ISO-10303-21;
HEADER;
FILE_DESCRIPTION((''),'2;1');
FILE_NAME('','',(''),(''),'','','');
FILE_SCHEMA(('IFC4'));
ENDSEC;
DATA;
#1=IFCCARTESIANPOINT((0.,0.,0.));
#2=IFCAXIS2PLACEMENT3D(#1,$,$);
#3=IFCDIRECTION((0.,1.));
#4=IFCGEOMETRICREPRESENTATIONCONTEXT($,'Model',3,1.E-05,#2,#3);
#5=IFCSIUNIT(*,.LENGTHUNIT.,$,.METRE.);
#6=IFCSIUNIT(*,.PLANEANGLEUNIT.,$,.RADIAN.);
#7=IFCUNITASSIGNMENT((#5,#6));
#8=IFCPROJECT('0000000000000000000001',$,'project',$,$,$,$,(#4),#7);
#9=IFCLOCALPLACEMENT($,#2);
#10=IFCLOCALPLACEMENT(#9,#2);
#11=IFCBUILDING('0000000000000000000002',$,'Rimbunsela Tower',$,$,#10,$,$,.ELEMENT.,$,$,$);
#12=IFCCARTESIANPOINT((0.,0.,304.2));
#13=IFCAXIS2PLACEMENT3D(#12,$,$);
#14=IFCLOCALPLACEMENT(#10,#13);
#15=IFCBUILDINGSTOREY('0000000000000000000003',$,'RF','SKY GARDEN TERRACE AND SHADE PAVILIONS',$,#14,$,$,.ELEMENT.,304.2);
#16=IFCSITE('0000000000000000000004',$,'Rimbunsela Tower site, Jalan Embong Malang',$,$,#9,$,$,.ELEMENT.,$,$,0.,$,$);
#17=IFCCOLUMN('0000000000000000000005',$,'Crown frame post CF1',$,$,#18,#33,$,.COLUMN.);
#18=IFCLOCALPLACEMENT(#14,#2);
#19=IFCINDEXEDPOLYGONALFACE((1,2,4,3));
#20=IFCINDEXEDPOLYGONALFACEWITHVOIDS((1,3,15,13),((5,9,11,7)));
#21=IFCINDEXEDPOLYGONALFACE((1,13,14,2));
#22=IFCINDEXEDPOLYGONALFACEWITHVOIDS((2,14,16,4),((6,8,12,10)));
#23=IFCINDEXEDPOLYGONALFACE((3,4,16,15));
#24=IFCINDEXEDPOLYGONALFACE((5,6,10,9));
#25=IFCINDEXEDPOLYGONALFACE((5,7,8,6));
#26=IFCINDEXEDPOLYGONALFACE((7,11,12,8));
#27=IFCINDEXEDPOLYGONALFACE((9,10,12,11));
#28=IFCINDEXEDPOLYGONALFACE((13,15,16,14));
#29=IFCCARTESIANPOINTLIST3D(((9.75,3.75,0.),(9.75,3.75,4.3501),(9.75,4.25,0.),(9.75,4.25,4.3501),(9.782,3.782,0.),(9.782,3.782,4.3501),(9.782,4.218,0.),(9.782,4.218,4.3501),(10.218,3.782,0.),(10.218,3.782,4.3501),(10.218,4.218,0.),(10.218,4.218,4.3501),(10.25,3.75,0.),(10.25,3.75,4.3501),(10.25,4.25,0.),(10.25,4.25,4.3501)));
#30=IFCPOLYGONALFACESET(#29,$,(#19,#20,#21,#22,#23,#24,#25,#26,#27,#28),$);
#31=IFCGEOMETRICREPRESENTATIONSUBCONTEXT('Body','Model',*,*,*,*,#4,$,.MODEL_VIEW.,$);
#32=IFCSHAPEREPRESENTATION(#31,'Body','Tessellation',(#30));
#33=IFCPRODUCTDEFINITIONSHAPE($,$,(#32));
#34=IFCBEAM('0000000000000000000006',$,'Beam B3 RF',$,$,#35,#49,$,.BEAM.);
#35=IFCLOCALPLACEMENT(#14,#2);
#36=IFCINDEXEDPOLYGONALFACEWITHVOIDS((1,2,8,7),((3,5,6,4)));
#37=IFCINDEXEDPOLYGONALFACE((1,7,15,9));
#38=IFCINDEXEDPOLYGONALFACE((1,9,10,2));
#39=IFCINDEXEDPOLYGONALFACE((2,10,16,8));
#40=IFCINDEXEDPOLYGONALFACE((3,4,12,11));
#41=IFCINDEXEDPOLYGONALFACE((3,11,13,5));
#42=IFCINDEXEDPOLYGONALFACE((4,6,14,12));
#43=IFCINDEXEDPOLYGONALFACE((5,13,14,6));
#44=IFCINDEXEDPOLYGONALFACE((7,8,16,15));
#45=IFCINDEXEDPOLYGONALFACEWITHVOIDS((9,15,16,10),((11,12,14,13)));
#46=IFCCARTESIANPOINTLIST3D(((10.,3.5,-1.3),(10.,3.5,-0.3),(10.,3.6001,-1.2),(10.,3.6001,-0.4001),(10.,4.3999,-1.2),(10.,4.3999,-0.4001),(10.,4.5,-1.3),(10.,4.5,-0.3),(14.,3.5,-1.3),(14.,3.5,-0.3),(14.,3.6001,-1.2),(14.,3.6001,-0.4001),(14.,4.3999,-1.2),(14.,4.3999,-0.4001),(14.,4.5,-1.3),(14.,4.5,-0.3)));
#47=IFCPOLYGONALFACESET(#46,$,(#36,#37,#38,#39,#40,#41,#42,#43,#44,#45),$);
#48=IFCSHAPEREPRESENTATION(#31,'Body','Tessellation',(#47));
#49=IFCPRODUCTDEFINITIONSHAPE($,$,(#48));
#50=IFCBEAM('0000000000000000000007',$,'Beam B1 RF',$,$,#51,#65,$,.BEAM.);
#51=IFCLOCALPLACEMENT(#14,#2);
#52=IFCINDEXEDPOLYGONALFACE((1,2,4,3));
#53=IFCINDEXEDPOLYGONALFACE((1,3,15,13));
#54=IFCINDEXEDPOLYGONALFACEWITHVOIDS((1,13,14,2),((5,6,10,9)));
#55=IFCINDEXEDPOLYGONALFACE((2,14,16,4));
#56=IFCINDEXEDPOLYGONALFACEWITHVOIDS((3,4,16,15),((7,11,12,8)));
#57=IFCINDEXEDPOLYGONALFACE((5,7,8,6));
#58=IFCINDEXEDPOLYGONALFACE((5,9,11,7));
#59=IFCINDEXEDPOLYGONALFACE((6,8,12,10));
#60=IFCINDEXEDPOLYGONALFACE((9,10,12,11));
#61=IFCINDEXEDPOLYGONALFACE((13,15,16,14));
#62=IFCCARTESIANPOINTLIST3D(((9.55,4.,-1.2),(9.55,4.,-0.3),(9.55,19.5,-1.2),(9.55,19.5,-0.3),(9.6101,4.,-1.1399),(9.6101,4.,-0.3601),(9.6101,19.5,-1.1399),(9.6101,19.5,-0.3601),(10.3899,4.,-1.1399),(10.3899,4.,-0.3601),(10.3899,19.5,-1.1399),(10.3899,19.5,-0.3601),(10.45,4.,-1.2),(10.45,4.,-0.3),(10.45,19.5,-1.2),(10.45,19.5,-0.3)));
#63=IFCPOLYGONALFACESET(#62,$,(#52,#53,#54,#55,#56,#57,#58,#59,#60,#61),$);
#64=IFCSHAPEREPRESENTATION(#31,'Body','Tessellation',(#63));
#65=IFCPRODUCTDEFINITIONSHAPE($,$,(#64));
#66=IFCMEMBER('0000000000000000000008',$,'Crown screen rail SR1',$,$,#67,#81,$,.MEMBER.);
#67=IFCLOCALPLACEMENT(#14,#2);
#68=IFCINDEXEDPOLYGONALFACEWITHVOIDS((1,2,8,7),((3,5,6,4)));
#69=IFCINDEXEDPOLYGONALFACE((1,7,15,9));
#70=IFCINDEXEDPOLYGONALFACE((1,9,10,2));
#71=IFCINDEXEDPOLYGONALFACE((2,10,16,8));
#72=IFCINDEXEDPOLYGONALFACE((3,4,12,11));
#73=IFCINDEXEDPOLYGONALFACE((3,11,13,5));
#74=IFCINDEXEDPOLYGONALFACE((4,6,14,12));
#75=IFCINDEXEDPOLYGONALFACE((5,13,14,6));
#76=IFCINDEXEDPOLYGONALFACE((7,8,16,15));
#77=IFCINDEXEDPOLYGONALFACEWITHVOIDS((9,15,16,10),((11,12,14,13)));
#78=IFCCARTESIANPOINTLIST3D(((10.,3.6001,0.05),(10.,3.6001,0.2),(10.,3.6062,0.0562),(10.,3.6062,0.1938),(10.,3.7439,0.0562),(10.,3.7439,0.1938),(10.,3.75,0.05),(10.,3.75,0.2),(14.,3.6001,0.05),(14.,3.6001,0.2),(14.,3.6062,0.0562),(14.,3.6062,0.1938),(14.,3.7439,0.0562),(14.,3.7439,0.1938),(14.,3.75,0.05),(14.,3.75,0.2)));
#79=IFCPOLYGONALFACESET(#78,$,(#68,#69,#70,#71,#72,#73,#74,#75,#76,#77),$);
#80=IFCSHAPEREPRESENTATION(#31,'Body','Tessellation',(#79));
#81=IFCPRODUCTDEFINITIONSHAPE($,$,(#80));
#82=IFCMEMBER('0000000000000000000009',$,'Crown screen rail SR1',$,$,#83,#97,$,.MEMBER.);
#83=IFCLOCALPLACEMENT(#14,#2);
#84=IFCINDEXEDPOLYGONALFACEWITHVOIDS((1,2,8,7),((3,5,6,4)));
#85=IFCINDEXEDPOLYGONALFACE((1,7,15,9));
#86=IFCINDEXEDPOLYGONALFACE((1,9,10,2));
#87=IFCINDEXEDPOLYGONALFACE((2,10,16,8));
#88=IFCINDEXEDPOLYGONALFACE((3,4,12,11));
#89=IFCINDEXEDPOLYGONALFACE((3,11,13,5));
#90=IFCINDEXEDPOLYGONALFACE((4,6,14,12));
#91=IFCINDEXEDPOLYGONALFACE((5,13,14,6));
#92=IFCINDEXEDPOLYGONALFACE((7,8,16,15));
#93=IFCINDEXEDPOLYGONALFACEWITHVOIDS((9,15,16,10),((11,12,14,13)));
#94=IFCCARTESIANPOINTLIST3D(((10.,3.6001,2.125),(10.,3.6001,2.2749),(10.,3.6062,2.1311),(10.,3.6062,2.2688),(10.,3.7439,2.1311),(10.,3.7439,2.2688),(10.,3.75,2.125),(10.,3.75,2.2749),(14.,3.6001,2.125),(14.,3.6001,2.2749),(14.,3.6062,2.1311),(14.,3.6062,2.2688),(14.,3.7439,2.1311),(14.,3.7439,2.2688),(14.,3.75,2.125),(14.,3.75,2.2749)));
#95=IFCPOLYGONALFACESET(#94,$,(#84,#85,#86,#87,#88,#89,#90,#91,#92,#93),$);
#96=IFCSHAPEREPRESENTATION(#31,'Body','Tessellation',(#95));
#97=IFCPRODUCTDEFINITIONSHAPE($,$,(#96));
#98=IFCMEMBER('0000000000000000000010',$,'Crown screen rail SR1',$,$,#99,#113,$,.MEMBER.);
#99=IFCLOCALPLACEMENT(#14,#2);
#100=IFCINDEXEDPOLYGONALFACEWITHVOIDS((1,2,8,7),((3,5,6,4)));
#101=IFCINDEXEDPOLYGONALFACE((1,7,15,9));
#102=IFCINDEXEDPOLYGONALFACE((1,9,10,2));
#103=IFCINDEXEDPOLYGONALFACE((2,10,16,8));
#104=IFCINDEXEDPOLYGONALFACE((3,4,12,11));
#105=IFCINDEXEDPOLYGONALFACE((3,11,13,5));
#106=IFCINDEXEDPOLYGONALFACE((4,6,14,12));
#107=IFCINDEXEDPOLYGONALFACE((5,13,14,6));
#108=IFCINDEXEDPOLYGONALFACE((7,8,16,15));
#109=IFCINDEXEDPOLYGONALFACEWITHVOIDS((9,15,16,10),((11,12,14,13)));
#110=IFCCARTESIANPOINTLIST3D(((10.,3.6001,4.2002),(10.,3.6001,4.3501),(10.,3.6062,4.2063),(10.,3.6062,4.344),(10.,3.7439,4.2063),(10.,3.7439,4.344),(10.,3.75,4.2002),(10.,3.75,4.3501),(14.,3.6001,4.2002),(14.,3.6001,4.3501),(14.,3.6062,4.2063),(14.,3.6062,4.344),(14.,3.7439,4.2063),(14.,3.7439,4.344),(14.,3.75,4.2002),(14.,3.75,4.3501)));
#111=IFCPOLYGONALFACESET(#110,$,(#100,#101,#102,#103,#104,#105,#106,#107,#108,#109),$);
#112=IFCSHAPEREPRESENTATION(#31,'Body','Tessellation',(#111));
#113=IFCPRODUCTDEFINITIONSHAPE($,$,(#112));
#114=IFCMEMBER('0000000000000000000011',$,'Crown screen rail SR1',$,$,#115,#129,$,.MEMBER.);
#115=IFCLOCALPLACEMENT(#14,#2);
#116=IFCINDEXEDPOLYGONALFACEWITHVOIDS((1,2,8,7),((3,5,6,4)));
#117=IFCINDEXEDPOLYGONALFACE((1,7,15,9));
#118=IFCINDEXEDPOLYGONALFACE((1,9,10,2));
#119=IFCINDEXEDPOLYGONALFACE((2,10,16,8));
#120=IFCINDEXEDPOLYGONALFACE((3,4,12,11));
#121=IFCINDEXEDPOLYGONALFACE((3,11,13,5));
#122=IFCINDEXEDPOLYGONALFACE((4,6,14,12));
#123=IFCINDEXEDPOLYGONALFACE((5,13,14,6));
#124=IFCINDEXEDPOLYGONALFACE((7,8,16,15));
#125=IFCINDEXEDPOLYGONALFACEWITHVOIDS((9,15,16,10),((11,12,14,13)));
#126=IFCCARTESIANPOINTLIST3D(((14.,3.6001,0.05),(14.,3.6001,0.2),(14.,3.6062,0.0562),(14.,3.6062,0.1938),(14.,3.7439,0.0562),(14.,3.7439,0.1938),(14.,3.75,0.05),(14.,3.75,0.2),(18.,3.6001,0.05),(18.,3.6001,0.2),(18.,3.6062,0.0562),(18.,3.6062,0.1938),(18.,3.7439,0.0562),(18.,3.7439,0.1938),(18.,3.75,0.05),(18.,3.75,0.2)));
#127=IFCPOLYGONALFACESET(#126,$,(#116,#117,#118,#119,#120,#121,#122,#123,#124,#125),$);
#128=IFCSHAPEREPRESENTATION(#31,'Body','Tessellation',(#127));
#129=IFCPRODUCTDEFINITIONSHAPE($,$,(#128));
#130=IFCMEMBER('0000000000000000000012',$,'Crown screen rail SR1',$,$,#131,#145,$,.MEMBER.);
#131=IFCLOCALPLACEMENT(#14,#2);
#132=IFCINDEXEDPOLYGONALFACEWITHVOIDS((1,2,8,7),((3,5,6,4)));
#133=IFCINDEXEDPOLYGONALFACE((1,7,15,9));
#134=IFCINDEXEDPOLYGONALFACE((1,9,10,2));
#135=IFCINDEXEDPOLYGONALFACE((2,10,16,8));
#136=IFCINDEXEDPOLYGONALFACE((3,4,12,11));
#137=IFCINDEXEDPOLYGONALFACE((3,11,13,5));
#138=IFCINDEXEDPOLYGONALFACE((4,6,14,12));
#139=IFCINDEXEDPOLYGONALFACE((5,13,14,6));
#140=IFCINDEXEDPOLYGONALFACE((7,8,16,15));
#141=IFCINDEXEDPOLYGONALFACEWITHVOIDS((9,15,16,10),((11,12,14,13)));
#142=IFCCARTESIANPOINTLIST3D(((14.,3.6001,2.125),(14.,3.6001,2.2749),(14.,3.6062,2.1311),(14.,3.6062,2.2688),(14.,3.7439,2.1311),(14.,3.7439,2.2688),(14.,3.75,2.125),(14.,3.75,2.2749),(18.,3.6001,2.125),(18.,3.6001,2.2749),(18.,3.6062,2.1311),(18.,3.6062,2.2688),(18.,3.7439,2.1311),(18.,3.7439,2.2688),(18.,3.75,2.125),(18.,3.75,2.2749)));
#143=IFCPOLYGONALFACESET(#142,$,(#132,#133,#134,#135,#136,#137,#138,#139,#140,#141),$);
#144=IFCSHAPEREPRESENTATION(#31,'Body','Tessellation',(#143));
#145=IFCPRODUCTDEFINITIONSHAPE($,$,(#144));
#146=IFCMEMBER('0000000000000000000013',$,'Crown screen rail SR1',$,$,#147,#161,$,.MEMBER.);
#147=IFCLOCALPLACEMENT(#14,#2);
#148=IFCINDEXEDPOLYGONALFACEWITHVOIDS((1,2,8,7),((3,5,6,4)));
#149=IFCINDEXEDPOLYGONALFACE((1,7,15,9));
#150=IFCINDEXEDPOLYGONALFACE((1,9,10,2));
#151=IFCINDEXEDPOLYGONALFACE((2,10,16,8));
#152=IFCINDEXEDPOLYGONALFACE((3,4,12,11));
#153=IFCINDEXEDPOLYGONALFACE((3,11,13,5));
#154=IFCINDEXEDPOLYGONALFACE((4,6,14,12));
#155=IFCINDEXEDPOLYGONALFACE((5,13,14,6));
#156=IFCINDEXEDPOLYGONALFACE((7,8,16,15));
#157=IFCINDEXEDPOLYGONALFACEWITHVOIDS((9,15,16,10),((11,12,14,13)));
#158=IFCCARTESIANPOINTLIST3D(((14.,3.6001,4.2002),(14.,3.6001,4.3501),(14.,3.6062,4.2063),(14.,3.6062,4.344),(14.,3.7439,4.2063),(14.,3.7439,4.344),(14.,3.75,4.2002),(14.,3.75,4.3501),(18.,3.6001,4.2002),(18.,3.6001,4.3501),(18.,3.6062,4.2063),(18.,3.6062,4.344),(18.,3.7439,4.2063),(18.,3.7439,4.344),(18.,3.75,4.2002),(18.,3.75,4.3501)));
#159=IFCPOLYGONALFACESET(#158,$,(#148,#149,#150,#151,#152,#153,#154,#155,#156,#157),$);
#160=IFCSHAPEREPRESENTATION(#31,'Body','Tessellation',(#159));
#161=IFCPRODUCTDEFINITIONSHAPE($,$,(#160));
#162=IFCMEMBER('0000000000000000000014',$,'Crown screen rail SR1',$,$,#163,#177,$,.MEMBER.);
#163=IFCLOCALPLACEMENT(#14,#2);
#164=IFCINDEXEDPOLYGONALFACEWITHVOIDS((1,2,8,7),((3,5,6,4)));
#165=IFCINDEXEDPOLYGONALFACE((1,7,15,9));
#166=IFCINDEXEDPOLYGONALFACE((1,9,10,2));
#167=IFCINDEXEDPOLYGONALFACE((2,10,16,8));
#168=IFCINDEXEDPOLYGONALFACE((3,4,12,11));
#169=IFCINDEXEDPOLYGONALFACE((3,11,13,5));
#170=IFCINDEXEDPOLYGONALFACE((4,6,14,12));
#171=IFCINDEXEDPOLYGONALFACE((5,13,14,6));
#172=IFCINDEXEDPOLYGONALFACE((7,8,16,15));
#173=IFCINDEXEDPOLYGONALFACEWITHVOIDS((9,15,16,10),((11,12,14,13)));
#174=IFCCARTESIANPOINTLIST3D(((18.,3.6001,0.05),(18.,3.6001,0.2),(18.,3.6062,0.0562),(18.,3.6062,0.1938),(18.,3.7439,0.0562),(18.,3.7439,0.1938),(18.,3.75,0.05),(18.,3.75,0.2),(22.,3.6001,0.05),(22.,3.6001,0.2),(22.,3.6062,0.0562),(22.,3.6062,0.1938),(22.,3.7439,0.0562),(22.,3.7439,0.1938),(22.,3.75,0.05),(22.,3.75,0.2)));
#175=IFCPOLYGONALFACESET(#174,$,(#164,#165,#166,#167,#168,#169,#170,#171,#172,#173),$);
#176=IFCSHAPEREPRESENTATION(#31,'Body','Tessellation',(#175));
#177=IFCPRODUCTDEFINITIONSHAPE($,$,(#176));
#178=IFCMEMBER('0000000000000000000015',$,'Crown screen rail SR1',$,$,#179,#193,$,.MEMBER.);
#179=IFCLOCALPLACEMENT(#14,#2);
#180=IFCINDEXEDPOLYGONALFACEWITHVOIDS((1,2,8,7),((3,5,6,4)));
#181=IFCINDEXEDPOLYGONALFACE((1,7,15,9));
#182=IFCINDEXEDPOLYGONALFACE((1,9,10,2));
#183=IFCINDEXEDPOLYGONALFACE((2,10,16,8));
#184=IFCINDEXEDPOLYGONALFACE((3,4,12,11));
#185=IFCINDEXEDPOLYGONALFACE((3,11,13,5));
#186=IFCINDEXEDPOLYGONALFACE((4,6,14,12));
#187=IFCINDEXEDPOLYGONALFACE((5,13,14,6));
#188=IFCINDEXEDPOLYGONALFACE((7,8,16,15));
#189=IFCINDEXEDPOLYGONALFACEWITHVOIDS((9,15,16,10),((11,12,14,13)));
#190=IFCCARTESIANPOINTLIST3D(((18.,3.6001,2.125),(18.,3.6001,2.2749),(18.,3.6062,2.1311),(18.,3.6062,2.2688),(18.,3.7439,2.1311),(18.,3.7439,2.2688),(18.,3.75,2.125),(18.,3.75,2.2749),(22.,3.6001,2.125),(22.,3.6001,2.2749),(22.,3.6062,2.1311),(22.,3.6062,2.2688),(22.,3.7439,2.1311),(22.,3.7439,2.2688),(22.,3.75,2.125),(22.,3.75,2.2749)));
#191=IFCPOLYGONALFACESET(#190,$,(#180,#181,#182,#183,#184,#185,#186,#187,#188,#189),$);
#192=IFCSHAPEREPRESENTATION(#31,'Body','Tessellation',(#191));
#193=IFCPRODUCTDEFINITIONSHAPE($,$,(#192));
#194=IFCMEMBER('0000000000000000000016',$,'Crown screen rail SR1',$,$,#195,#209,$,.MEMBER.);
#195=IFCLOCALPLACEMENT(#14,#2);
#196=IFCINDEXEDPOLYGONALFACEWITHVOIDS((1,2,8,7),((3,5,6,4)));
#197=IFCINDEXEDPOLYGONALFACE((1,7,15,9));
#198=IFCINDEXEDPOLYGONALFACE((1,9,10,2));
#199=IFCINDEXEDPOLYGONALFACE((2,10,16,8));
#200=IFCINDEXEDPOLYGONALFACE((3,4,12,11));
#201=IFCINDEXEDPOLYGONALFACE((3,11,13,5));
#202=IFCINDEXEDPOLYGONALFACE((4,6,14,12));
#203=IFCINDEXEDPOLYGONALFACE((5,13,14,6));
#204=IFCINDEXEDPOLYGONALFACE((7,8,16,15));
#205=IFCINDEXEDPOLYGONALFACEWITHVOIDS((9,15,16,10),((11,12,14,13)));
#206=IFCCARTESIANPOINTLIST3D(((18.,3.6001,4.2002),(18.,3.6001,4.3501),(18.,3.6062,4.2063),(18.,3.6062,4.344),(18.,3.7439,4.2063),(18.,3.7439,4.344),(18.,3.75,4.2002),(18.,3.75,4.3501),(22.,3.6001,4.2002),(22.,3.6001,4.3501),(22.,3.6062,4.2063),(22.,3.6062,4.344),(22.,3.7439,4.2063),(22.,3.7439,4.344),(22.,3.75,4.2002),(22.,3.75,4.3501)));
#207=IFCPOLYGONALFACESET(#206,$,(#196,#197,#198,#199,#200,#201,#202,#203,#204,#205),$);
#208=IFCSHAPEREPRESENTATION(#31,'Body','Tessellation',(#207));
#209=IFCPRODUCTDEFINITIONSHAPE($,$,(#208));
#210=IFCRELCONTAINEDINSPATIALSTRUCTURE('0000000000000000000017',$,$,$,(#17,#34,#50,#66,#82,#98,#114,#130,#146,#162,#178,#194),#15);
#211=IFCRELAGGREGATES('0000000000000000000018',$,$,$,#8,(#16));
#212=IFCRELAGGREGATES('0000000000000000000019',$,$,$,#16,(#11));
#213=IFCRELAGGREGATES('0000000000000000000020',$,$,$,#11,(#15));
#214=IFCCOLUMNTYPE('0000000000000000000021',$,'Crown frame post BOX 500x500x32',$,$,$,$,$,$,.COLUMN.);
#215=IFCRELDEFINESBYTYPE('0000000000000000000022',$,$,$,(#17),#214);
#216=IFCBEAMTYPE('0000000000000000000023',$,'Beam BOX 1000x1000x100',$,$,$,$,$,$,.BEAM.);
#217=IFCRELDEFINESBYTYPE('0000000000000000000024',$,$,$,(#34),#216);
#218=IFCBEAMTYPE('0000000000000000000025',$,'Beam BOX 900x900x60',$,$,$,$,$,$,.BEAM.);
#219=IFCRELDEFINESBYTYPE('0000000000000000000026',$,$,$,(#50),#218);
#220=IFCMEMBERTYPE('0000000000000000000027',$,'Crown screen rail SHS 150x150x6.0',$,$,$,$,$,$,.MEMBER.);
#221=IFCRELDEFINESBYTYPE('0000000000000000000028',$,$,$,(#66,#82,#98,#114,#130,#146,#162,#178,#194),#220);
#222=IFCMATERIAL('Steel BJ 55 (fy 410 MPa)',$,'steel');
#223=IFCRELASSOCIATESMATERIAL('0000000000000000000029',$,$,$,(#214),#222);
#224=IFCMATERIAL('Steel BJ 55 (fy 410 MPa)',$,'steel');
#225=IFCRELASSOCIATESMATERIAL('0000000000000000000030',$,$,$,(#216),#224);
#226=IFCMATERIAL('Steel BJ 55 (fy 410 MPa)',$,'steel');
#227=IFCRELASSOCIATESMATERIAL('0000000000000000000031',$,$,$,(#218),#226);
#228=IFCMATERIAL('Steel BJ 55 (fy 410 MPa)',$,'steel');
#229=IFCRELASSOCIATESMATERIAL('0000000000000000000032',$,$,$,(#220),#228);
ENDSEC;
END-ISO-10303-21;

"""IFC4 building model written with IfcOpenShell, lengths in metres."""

from ifc_helpers import new_model, si_unit, direction, frame, origin, origin_2d, place, context, subcontext, project, spatial, hollow_rectangle, extrude, material, material_profile, profile_set, type_object, element, save


model = new_model("IFC4")

# Units and contexts
model_context = context("Model", 3, precision=1e-05, world=origin(), true_north=direction((0.0, 1.0)))
body_context = subcontext(model_context, "Body", "Model", "MODEL_VIEW")
ifc_project = project(units=[si_unit("LENGTHUNIT", "METRE"), si_unit("PLANEANGLEUNIT", "RADIAN")], contexts=[model_context])

# Site, building, storey
site_placement = place(None, origin())
site = spatial("IfcSite", under=ifc_project, at=site_placement, Name="Rimbunsela Tower site, Jalan Embong Malang", CompositionType="ELEMENT", RefElevation=0.0)
building_placement = place(site_placement, origin())
building = spatial("IfcBuilding", under=site, at=building_placement, Name="Rimbunsela Tower", CompositionType="ELEMENT")
storey_placement = place(building_placement, frame((0.0, 0.0, 304.2)))
storey = spatial("IfcBuildingStorey", under=building, at=storey_placement, Name="RF", Description="SKY GARDEN TERRACE AND SHADE PAVILIONS", CompositionType="ELEMENT", Elevation=304.2)

# Column
ifc_material_1 = material(Name="Steel BJ 55 (fy 410 MPa)", Category="steel")
ifc_material_profile_1 = material_profile(ifc_material_1, hollow_rectangle(XDim=0.5, YDim=0.5, WallThickness=0.032, at=origin_2d()), Name="BOX 500x500x32")
ifc_profile_set_1 = profile_set([ifc_material_profile_1], Name="Steel BJ 55 (fy 410 MPa)")
column_type = type_object("IfcColumnType", Name="Crown frame post BOX 500x500x32", PredefinedType="COLUMN", material=ifc_profile_set_1)
column_placement = place(storey_placement, frame((10.0, 4.0, 0.0), z_axis=(0.0, 0.0, 1.0), x_axis=(1.0, 0.0, 0.0)))
element("IfcColumn", 1, at=column_placement, inside=storey, type_object=column_type, Name="Crown frame post CF1", PredefinedType="COLUMN", context=body_context, shape_type="SweptSolid", body=[
    extrude(hollow_rectangle(XDim=0.5, YDim=0.5, WallThickness=0.032, at=origin_2d()), origin(), (0.0, 0.0, 1.0), 4.3501),
])

# Beams
ifc_material_2 = material(Name="Steel BJ 55 (fy 410 MPa)", Category="steel")
ifc_material_profile_2 = material_profile(ifc_material_2, hollow_rectangle(XDim=1.0, YDim=1.0, WallThickness=0.1001, at=origin_2d()), Name="BOX 1000x1000x100")
ifc_profile_set_2 = profile_set([ifc_material_profile_2], Name="Steel BJ 55 (fy 410 MPa)")
beam_type_1 = type_object("IfcBeamType", Name="Beam BOX 1000x1000x100", PredefinedType="BEAM", material=ifc_profile_set_2)
beam_1_placement = place(storey_placement, frame((10.0, 4.0, -0.8), z_axis=(1.0, 0.0, 0.0), x_axis=(0.0, 1.0, 0.0)))
element("IfcBeam", 2, at=beam_1_placement, inside=storey, type_object=beam_type_1, Name="Beam B3 RF", PredefinedType="BEAM", context=body_context, shape_type="SweptSolid", body=[
    extrude(hollow_rectangle(XDim=1.0, YDim=1.0, WallThickness=0.1001, at=origin_2d()), origin(), (0.0, 0.0, 1.0), 4.0),
])
ifc_material_3 = material(Name="Steel BJ 55 (fy 410 MPa)", Category="steel")
ifc_material_profile_3 = material_profile(ifc_material_3, hollow_rectangle(XDim=0.8999, YDim=0.8999, WallThickness=0.0601, at=origin_2d()), Name="BOX 900x900x60")
ifc_profile_set_3 = profile_set([ifc_material_profile_3], Name="Steel BJ 55 (fy 410 MPa)")
beam_type_2 = type_object("IfcBeamType", Name="Beam BOX 900x900x60", PredefinedType="BEAM", material=ifc_profile_set_3)
beam_2_placement = place(storey_placement, frame((10.0, 4.0, -0.75), z_axis=(0.0, 1.0, 0.0), x_axis=(-1.0, 0.0, 0.0)))
element("IfcBeam", 3, at=beam_2_placement, inside=storey, type_object=beam_type_2, Name="Beam B1 RF", PredefinedType="BEAM", context=body_context, shape_type="SweptSolid", body=[
    extrude(hollow_rectangle(XDim=0.8999, YDim=0.8999, WallThickness=0.0601, at=origin_2d()), origin(), (0.0, 0.0, 1.0), 15.5),
])

# Members
ifc_material_4 = material(Name="Steel BJ 55 (fy 410 MPa)", Category="steel")
ifc_material_profile_4 = material_profile(ifc_material_4, hollow_rectangle(XDim=0.1499, YDim=0.1499, WallThickness=0.0061, at=origin_2d()), Name="SHS 150x150x6.0")
ifc_profile_set_4 = profile_set([ifc_material_profile_4], Name="Steel BJ 55 (fy 410 MPa)")
member_type = type_object("IfcMemberType", Name="Crown screen rail SHS 150x150x6.0", PredefinedType="MEMBER", material=ifc_profile_set_4)
for number, where, z_axis, x_axis, name in (
    (4, (10.0, 3.675, 0.125), (1.0, 0.0, 0.0), (0.0, 1.0, 0.0), "Crown screen rail SR1"),
    (5, (10.0, 3.675, 2.2), (1.0, 0.0, 0.0), (0.0, 1.0, 0.0), "Crown screen rail SR1"),
    (6, (10.0, 3.675, 4.2751), (1.0, 0.0, 0.0), (0.0, 1.0, 0.0), "Crown screen rail SR1"),
    (7, (14.0, 3.675, 0.125), (1.0, 0.0, 0.0), (0.0, 1.0, 0.0), "Crown screen rail SR1"),
    (8, (14.0, 3.675, 2.2), (1.0, 0.0, 0.0), (0.0, 1.0, 0.0), "Crown screen rail SR1"),
    (9, (14.0, 3.675, 4.2751), (1.0, 0.0, 0.0), (0.0, 1.0, 0.0), "Crown screen rail SR1"),
    (10, (18.0, 3.675, 0.125), (1.0, 0.0, 0.0), (0.0, 1.0, 0.0), "Crown screen rail SR1"),
    (11, (18.0, 3.675, 2.2), (1.0, 0.0, 0.0), (0.0, 1.0, 0.0), "Crown screen rail SR1"),
    (12, (18.0, 3.675, 4.2751), (1.0, 0.0, 0.0), (0.0, 1.0, 0.0), "Crown screen rail SR1"),
):
    element("IfcMember", number, at=place(storey_placement, frame(where, z_axis=z_axis, x_axis=x_axis)), inside=storey, type_object=member_type, Name=name, PredefinedType="MEMBER", context=body_context, shape_type="SweptSolid", body=[
        extrude(hollow_rectangle(XDim=0.1499, YDim=0.1499, WallThickness=0.0061, at=origin_2d()), origin(), (0.0, 0.0, 1.0), 4.0),
    ])

save(model, "model.ifc")
